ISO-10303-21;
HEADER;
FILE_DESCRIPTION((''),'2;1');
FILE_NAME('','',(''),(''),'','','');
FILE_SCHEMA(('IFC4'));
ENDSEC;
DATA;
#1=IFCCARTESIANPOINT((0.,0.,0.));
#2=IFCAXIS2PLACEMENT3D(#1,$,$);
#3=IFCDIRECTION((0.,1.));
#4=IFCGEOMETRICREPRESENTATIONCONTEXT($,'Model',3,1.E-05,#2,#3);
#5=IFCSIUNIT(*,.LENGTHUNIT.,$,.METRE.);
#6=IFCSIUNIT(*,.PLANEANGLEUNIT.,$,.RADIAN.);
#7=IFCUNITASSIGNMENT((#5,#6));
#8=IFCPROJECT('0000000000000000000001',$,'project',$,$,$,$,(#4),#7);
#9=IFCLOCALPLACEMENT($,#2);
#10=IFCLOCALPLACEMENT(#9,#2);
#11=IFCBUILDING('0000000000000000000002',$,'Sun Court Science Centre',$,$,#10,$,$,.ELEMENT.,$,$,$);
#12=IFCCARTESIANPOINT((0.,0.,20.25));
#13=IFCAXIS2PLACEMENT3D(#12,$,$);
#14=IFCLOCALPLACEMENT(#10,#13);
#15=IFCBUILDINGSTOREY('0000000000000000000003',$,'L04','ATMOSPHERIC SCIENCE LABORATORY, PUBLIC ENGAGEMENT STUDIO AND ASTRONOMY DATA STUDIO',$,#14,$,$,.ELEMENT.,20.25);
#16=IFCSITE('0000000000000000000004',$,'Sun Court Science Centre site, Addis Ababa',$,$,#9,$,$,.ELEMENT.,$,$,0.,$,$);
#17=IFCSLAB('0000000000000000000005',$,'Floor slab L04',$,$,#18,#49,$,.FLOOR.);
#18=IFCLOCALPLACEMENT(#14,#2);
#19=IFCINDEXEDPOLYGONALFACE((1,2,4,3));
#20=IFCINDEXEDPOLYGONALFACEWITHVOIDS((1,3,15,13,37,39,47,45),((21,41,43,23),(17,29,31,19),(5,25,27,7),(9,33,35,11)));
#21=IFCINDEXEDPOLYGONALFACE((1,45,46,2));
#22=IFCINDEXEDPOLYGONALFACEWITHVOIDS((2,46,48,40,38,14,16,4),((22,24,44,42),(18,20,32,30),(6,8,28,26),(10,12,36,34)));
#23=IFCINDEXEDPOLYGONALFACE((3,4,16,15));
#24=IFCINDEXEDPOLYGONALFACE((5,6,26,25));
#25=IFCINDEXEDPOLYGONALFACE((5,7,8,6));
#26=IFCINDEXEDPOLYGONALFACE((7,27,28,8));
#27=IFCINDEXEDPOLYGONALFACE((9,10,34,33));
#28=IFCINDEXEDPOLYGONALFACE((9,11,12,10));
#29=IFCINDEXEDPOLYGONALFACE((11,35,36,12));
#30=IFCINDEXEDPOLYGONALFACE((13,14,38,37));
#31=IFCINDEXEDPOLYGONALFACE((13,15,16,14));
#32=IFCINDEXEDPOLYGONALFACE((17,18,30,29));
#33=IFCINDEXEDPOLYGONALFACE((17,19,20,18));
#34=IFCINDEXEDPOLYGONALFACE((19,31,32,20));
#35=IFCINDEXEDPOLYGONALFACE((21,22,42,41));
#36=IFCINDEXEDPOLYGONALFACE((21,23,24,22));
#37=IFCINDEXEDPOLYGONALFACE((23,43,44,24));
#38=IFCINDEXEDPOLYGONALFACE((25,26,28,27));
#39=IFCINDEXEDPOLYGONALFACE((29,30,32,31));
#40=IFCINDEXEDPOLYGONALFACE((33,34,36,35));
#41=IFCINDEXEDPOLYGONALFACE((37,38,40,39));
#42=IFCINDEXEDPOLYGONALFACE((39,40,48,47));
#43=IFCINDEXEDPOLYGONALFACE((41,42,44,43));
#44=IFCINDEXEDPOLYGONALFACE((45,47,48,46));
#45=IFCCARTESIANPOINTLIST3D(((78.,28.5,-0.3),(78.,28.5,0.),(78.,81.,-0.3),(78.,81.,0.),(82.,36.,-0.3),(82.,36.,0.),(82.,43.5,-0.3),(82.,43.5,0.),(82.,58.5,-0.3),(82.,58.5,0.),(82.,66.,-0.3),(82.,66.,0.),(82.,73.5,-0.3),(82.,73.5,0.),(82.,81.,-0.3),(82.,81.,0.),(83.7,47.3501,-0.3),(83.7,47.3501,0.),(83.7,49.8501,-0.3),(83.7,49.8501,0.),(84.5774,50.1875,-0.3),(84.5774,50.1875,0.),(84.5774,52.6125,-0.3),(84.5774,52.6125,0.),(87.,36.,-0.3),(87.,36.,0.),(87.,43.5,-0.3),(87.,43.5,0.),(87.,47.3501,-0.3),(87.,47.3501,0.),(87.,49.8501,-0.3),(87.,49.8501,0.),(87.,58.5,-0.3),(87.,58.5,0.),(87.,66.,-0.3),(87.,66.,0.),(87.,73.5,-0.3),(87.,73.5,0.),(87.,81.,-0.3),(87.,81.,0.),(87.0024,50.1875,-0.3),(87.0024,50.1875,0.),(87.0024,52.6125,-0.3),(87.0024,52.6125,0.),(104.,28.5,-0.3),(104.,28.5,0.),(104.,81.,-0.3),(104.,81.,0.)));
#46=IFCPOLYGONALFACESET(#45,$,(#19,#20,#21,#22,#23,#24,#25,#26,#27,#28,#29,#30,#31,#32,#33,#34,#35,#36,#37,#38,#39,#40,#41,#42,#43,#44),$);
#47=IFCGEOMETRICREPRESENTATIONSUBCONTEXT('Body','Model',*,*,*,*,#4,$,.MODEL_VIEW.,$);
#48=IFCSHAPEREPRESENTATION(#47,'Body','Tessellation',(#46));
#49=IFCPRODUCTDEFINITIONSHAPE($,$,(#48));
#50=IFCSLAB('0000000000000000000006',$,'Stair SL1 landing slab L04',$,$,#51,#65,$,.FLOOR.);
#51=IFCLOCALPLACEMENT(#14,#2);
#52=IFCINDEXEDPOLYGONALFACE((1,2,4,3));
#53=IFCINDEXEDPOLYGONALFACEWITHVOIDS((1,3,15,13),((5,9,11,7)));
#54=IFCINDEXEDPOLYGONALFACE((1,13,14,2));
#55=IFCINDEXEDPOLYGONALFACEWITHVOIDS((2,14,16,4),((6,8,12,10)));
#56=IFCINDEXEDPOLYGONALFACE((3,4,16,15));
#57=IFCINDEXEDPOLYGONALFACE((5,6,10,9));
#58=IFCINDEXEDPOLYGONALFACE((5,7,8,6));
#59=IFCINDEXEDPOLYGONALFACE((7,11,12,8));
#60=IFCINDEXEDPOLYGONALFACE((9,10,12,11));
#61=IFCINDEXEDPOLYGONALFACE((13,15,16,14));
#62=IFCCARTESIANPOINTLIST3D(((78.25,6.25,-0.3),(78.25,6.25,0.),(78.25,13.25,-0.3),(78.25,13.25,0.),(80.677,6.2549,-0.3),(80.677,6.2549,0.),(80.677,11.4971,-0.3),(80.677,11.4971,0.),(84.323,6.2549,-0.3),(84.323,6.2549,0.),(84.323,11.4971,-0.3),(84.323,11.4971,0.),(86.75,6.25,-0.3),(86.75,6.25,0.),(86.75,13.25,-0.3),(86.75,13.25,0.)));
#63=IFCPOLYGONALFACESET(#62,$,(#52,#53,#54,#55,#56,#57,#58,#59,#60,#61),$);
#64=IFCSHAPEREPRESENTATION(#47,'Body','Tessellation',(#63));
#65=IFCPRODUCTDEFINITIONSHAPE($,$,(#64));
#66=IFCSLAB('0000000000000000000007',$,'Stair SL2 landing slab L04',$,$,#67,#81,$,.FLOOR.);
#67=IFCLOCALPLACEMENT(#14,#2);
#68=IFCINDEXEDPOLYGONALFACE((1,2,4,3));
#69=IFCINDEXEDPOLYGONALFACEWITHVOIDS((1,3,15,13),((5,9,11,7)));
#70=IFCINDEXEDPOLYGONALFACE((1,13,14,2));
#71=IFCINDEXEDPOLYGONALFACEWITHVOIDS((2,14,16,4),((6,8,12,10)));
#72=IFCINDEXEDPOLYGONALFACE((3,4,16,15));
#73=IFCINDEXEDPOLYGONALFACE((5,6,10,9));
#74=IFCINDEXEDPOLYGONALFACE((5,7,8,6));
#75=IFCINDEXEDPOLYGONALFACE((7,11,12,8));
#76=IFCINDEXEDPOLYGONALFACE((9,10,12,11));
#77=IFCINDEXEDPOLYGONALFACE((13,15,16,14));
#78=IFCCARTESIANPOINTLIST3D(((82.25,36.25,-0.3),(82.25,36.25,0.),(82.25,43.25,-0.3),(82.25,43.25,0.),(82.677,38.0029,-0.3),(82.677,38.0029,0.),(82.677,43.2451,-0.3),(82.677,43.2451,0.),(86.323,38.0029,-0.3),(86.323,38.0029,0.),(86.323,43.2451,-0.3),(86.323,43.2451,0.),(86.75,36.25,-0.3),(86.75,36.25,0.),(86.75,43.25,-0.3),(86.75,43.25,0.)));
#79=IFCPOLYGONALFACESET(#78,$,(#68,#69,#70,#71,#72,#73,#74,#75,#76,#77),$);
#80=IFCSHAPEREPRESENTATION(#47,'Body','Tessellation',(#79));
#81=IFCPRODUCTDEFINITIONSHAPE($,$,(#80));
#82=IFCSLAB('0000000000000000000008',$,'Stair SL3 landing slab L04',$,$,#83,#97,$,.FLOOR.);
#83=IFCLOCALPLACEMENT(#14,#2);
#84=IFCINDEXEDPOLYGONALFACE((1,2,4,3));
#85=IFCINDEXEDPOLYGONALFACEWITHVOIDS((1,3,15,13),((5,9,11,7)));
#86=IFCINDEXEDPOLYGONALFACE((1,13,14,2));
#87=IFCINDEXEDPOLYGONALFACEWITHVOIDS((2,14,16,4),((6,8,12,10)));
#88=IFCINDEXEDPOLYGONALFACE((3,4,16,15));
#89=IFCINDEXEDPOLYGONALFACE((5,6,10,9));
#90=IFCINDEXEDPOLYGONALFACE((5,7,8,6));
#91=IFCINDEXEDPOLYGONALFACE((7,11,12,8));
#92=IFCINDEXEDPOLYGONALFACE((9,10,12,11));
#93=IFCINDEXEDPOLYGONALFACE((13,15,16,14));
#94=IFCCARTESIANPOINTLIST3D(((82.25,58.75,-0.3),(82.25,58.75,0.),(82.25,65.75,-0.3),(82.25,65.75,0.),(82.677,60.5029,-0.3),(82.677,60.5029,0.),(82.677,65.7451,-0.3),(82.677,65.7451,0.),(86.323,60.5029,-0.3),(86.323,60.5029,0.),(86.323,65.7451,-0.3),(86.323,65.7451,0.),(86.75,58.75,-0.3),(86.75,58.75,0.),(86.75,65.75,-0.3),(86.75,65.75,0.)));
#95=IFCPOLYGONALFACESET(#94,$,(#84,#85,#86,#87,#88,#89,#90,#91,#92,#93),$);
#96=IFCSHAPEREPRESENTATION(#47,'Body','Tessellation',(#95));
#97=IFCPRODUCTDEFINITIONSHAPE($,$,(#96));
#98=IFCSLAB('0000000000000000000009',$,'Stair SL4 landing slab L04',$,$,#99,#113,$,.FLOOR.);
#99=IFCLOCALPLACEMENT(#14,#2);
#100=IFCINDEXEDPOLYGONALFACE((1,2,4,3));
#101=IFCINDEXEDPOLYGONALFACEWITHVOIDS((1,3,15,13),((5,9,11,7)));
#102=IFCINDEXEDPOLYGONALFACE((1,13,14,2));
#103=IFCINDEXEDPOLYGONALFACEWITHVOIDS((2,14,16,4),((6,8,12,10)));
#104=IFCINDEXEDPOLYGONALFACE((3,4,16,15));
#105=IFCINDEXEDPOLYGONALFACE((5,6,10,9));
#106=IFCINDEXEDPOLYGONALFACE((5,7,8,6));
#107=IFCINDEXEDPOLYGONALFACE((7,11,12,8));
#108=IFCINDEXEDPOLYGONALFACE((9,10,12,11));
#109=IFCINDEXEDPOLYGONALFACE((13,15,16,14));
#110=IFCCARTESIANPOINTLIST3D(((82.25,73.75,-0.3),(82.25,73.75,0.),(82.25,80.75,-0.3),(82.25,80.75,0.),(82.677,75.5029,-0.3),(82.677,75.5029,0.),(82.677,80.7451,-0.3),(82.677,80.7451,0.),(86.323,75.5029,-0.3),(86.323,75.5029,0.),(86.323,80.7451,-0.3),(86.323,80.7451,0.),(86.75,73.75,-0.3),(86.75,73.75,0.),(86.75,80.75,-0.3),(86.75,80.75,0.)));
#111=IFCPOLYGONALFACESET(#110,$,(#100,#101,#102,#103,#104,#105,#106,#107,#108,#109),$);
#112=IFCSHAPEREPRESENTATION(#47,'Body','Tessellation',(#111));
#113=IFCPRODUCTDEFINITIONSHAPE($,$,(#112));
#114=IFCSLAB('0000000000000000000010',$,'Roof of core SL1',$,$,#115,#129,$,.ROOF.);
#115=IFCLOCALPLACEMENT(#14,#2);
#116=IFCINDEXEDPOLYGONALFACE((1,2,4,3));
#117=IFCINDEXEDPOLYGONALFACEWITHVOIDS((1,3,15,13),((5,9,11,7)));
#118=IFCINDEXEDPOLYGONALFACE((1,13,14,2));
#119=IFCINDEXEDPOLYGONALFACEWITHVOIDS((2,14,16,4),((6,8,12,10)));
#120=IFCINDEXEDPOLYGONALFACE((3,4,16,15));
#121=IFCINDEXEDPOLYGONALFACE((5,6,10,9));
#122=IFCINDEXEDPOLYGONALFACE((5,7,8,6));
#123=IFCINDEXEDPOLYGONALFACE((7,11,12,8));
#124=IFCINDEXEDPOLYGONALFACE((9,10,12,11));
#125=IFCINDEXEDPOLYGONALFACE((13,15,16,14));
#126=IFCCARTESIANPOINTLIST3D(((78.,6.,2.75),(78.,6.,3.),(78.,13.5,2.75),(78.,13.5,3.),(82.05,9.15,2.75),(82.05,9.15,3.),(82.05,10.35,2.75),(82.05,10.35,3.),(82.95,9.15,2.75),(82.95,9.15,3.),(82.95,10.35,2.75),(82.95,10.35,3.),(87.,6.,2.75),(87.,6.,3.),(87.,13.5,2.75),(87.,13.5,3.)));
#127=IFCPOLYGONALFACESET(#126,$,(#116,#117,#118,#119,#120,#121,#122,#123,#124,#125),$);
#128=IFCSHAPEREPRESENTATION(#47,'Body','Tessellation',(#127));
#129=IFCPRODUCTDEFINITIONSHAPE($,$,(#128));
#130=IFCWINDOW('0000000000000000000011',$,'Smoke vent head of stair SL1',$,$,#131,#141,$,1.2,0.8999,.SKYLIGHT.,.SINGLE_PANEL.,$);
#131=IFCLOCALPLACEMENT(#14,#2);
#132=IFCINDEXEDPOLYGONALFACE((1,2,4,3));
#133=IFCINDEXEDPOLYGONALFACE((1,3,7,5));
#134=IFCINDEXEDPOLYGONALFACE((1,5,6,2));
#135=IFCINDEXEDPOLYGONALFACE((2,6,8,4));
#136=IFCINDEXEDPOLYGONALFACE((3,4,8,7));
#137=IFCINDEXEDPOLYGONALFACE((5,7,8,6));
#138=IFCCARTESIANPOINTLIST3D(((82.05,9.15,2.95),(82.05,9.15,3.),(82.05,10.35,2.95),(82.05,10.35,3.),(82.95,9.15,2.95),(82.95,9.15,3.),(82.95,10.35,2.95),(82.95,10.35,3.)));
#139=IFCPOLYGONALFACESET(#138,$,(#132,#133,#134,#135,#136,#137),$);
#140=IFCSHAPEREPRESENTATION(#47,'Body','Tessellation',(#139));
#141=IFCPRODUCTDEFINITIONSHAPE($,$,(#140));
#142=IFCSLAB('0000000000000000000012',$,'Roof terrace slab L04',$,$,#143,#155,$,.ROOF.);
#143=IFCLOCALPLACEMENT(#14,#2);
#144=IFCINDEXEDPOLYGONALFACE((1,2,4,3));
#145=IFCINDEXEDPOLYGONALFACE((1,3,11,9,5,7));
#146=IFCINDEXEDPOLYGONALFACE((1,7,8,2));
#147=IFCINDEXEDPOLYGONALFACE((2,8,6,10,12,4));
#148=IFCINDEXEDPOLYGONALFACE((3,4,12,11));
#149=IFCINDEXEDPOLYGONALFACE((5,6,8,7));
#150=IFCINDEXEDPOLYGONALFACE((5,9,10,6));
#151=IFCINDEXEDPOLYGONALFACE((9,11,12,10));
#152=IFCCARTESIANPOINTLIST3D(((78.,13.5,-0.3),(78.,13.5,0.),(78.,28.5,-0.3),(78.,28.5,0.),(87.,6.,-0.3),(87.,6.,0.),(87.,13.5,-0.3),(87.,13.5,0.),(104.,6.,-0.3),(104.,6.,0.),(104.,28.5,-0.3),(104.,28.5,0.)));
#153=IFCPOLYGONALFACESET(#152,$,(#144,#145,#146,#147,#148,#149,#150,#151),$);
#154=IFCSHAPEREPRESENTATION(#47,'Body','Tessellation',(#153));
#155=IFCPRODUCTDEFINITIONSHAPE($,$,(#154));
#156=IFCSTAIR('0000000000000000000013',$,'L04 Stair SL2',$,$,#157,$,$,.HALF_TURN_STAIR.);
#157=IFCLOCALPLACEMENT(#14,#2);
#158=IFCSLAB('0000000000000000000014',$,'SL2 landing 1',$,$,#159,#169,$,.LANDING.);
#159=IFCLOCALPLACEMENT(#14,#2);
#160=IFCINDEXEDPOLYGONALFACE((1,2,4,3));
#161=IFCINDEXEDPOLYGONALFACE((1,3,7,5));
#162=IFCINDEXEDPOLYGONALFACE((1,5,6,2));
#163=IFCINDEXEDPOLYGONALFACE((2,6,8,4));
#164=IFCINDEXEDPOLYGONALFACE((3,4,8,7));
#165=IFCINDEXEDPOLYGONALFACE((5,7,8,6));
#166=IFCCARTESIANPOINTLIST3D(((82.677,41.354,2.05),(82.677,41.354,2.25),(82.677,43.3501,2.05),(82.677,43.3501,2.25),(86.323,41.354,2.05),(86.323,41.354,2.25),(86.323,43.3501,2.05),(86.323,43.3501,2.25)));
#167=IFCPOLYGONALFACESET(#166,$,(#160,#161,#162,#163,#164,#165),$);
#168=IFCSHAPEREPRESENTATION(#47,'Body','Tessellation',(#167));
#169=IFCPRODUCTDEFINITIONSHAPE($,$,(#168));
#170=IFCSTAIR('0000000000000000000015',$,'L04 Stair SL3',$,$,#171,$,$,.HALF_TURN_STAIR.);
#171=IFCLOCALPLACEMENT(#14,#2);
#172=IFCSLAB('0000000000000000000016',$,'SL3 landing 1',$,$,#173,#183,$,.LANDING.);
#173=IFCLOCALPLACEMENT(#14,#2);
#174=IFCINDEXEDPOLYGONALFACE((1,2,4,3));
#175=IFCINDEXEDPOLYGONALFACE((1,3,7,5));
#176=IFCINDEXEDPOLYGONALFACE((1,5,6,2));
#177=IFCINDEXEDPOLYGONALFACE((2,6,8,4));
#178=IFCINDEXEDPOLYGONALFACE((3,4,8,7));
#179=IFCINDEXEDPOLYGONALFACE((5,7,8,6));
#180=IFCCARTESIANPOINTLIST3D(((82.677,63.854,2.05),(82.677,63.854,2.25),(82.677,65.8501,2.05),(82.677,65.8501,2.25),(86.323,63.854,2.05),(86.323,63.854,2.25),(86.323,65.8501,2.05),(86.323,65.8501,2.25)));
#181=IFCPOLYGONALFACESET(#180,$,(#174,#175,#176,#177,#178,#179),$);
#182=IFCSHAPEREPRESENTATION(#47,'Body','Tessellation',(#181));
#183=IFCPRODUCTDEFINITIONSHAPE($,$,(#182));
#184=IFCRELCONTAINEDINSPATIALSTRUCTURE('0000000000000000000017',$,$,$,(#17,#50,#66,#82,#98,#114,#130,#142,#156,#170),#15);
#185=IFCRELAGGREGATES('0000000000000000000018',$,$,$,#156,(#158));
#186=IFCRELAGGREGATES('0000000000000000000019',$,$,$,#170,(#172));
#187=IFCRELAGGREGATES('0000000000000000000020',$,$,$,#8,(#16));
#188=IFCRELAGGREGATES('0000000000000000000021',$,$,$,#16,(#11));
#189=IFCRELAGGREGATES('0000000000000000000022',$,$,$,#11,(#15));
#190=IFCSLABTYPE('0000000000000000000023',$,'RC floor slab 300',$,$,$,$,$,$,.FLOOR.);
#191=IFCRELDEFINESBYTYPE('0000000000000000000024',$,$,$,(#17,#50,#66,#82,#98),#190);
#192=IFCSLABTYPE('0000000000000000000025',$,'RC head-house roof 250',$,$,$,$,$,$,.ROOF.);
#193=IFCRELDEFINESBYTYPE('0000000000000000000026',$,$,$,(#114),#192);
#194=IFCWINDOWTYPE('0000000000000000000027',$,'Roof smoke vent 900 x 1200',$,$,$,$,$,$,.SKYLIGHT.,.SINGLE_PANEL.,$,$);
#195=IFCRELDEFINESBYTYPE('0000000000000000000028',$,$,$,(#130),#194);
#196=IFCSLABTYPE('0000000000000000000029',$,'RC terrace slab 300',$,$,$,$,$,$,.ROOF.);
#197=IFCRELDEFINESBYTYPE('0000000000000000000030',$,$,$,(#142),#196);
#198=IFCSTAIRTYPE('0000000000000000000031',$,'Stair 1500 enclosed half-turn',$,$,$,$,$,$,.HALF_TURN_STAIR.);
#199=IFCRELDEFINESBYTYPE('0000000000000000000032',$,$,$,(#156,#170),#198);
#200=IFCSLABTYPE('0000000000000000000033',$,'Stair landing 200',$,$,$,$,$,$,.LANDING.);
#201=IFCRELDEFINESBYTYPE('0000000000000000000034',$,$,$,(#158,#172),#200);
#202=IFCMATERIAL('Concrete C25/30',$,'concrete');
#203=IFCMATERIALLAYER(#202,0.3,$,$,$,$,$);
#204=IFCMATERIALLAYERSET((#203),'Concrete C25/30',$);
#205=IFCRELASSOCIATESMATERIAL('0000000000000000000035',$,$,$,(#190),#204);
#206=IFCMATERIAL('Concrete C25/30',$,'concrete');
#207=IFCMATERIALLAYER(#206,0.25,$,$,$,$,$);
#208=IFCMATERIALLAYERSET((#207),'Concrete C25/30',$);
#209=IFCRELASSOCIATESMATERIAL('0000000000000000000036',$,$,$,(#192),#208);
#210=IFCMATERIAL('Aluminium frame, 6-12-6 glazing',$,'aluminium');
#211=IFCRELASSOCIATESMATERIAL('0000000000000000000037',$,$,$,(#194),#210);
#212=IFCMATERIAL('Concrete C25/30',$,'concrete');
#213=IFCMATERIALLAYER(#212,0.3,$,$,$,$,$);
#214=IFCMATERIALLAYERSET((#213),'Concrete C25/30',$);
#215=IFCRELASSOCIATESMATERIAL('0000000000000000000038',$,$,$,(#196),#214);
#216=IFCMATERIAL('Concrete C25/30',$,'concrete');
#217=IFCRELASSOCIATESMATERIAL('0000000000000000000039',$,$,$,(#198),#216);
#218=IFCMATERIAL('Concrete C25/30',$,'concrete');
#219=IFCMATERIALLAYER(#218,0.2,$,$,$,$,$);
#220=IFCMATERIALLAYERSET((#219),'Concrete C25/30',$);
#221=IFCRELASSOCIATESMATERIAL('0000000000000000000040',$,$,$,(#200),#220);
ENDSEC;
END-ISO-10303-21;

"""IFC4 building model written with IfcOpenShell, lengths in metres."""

from ifc_helpers import new_model, si_unit, direction, frame, origin, origin_2d, place, context, subcontext, project, spatial, polyline, rectangle, outline, extrude, material, layer, layer_set, type_object, element, fill, aggregate, save


model = new_model("IFC4")

# Units and contexts
model_context = context("Model", 3, precision=1e-05, world=origin(), true_north=direction((0.0, 1.0)))
body_context = subcontext(model_context, "Body", "Model", "MODEL_VIEW")
ifc_project = project(units=[si_unit("LENGTHUNIT", "METRE"), si_unit("PLANEANGLEUNIT", "RADIAN")], contexts=[model_context])

# Site, building, storey
site_placement = place(None, origin())
site = spatial("IfcSite", under=ifc_project, at=site_placement, Name="Sun Court Science Centre site, Addis Ababa", CompositionType="ELEMENT", RefElevation=0.0)
building_placement = place(site_placement, origin())
building = spatial("IfcBuilding", under=site, at=building_placement, Name="Sun Court Science Centre", CompositionType="ELEMENT")
storey_placement = place(building_placement, frame((0.0, 0.0, 20.25)))
storey = spatial("IfcBuildingStorey", under=building, at=storey_placement, Name="L04", Description="ATMOSPHERIC SCIENCE LABORATORY, PUBLIC ENGAGEMENT STUDIO AND ASTRONOMY DATA STUDIO", CompositionType="ELEMENT", Elevation=20.25)

# Slabs
ifc_material_1 = material(Name="Concrete C25/30", Category="concrete")
ifc_layer_1 = layer(ifc_material_1, 0.3)
ifc_layer_set_1 = layer_set([ifc_layer_1], Name="Concrete C25/30")
slab_type_1 = type_object("IfcSlabType", Name="RC floor slab 300", PredefinedType="FLOOR", material=ifc_layer_set_1)
slab_1_placement = place(storey_placement, frame((0.0, 0.0, -0.3)))
element("IfcSlab", 1, at=slab_1_placement, inside=storey, type_object=slab_type_1, Name="Floor slab L04", PredefinedType="FLOOR", context=body_context, shape_type="SweptSolid", body=[
    extrude(outline(polyline([(104.0, 28.5), (104.0, 81.0), (87.0, 81.0), (87.0, 73.5), (82.0, 73.5), (82.0, 81.0), (78.0, 81.0), (78.0, 28.5), (104.0, 28.5)]), holes=[polyline([(84.5774, 50.1875), (84.5774, 52.6125), (87.0024, 52.6125), (87.0024, 50.1875), (84.5774, 50.1875)]), polyline([(82.0, 43.5), (87.0, 43.5), (87.0, 36.0), (82.0, 36.0), (82.0, 43.5)]), polyline([(82.0, 66.0), (87.0, 66.0), (87.0, 58.5), (82.0, 58.5), (82.0, 66.0)]), polyline([(83.7, 49.8501), (87.0, 49.8501), (87.0, 47.3501), (83.7, 47.3501), (83.7, 49.8501)])]), origin(), (0.0, 0.0, 1.0), 0.3),
])
slab_2_placement = place(storey_placement, frame((0.0, 0.0, -0.3)))
element("IfcSlab", 2, at=slab_2_placement, inside=storey, type_object=slab_type_1, Name="Stair SL1 landing slab L04", PredefinedType="FLOOR", context=body_context, shape_type="SweptSolid", body=[
    extrude(outline(polyline([(78.25, 13.25), (78.25, 6.25), (86.75, 6.25), (86.75, 13.25), (78.25, 13.25)]), holes=[polyline([(80.677, 6.2549), (80.677, 11.4971), (84.323, 11.4971), (84.323, 6.2549), (80.677, 6.2549)])]), origin(), (0.0, 0.0, 1.0), 0.3),
])
slab_3_placement = place(storey_placement, frame((0.0, 0.0, -0.3)))
element("IfcSlab", 3, at=slab_3_placement, inside=storey, type_object=slab_type_1, Name="Stair SL2 landing slab L04", PredefinedType="FLOOR", context=body_context, shape_type="SweptSolid", body=[
    extrude(outline(polyline([(82.25, 43.25), (82.25, 36.25), (86.75, 36.25), (86.75, 43.25), (82.25, 43.25)]), holes=[polyline([(86.323, 43.2451), (86.323, 38.0029), (82.677, 38.0029), (82.677, 43.2451), (86.323, 43.2451)])]), origin(), (0.0, 0.0, 1.0), 0.3),
])
slab_4_placement = place(storey_placement, frame((0.0, 0.0, -0.3)))
element("IfcSlab", 4, at=slab_4_placement, inside=storey, type_object=slab_type_1, Name="Stair SL3 landing slab L04", PredefinedType="FLOOR", context=body_context, shape_type="SweptSolid", body=[
    extrude(outline(polyline([(82.25, 65.75), (82.25, 58.75), (86.75, 58.75), (86.75, 65.75), (82.25, 65.75)]), holes=[polyline([(86.323, 65.7451), (86.323, 60.5029), (82.677, 60.5029), (82.677, 65.7451), (86.323, 65.7451)])]), origin(), (0.0, 0.0, 1.0), 0.3),
])
slab_5_placement = place(storey_placement, frame((0.0, 0.0, -0.3)))
element("IfcSlab", 5, at=slab_5_placement, inside=storey, type_object=slab_type_1, Name="Stair SL4 landing slab L04", PredefinedType="FLOOR", context=body_context, shape_type="SweptSolid", body=[
    extrude(outline(polyline([(82.25, 80.75), (82.25, 73.75), (86.75, 73.75), (86.75, 80.75), (82.25, 80.75)]), holes=[polyline([(86.323, 80.7451), (86.323, 75.5029), (82.677, 75.5029), (82.677, 80.7451), (86.323, 80.7451)])]), origin(), (0.0, 0.0, 1.0), 0.3),
])

# Slab, opening, window
ifc_material_2 = material(Name="Concrete C25/30", Category="concrete")
ifc_layer_2 = layer(ifc_material_2, 0.25)
ifc_layer_set_2 = layer_set([ifc_layer_2], Name="Concrete C25/30")
slab_type_2 = type_object("IfcSlabType", Name="RC head-house roof 250", PredefinedType="ROOF", material=ifc_layer_set_2)
slab_6_placement = place(storey_placement, frame((0.0, 0.0, 2.75)))
slab_6 = element("IfcSlab", 6, at=slab_6_placement, inside=storey, type_object=slab_type_2, Name="Roof of core SL1", PredefinedType="ROOF", context=body_context, shape_type="SweptSolid", body=[
    extrude(outline(polyline([(78.0, 6.0), (87.0, 6.0), (87.0, 13.5), (78.0, 13.5), (78.0, 6.0)])), origin(), (0.0, 0.0, 1.0), 0.25),
])
opening_placement = place(slab_6_placement, frame((82.5, 9.75, -0.01)))
opening = element("IfcOpeningElement", 7, at=opening_placement, cuts=slab_6, PredefinedType="OPENING", context=body_context, shape_type="SweptSolid", body=[
    extrude(rectangle(XDim=0.8999, YDim=1.2, at=origin_2d()), origin(), (0.0, 0.0, 1.0), 0.27),
])
ifc_material_3 = material(Name="Aluminium frame, 6-12-6 glazing", Category="aluminium")
window_type = type_object("IfcWindowType", Name="Roof smoke vent 900 x 1200", PartitioningType="SINGLE_PANEL", PredefinedType="SKYLIGHT", material=ifc_material_3)
window_placement = place(opening_placement, frame((0.0, 0.0, 0.21)))
window = element("IfcWindow", 8, at=window_placement, inside=storey, type_object=window_type, Name="Smoke vent head of stair SL1", OverallHeight=1.2, OverallWidth=0.8999, PartitioningType="SINGLE_PANEL", PredefinedType="SKYLIGHT", context=body_context, shape_type="SweptSolid", body=[
    extrude(rectangle(XDim=0.8999, YDim=1.2, at=origin_2d()), origin(), (0.0, 0.0, 1.0), 0.05),
])
fill(opening, window)

# Slab
ifc_material_4 = material(Name="Concrete C25/30", Category="concrete")
ifc_layer_3 = layer(ifc_material_4, 0.3)
ifc_layer_set_3 = layer_set([ifc_layer_3], Name="Concrete C25/30")
slab_type_3 = type_object("IfcSlabType", Name="RC terrace slab 300", PredefinedType="ROOF", material=ifc_layer_set_3)
slab_7_placement = place(storey_placement, frame((0.0, 0.0, -0.3)))
element("IfcSlab", 9, at=slab_7_placement, inside=storey, type_object=slab_type_3, Name="Roof terrace slab L04", PredefinedType="ROOF", context=body_context, shape_type="SweptSolid", body=[
    extrude(outline(polyline([(78.0, 28.5), (78.0, 13.5), (87.0, 13.5), (87.0, 6.0), (104.0, 6.0), (104.0, 28.5), (78.0, 28.5)])), origin(), (0.0, 0.0, 1.0), 0.3),
])

# Stairs, slabs
ifc_material_5 = material(Name="Concrete C25/30", Category="concrete")
stair_type = type_object("IfcStairType", Name="Stair 1500 enclosed half-turn", PredefinedType="HALF_TURN_STAIR", material=ifc_material_5)
stair_1_placement = place(storey_placement, origin())
stair_1 = element("IfcStair", 10, at=stair_1_placement, inside=storey, type_object=stair_type, Name="L04 Stair SL2", PredefinedType="HALF_TURN_STAIR")
ifc_material_6 = material(Name="Concrete C25/30", Category="concrete")
ifc_layer_4 = layer(ifc_material_6, 0.2)
ifc_layer_set_4 = layer_set([ifc_layer_4], Name="Concrete C25/30")
slab_type_4 = type_object("IfcSlabType", Name="Stair landing 200", PredefinedType="LANDING", material=ifc_layer_set_4)
slab_8_placement = place(storey_placement, frame((0.0, 0.0, 2.05)))
slab_8 = element("IfcSlab", 11, at=slab_8_placement, type_object=slab_type_4, Name="SL2 landing 1", PredefinedType="LANDING", context=body_context, shape_type="SweptSolid", body=[
    extrude(outline(polyline([(86.323, 41.354), (86.323, 43.3501), (82.677, 43.3501), (82.677, 41.354), (86.323, 41.354)])), origin(), (0.0, 0.0, 1.0), 0.2),
])
aggregate(stair_1, [slab_8])
stair_2_placement = place(storey_placement, origin())
stair_2 = element("IfcStair", 12, at=stair_2_placement, inside=storey, type_object=stair_type, Name="L04 Stair SL3", PredefinedType="HALF_TURN_STAIR")
slab_9_placement = place(storey_placement, frame((0.0, 0.0, 2.05)))
slab_9 = element("IfcSlab", 13, at=slab_9_placement, type_object=slab_type_4, Name="SL3 landing 1", PredefinedType="LANDING", context=body_context, shape_type="SweptSolid", body=[
    extrude(outline(polyline([(86.323, 63.854), (86.323, 65.8501), (82.677, 65.8501), (82.677, 63.854), (86.323, 63.854)])), origin(), (0.0, 0.0, 1.0), 0.2),
])
aggregate(stair_2, [slab_9])

save(model, "model.ifc")
